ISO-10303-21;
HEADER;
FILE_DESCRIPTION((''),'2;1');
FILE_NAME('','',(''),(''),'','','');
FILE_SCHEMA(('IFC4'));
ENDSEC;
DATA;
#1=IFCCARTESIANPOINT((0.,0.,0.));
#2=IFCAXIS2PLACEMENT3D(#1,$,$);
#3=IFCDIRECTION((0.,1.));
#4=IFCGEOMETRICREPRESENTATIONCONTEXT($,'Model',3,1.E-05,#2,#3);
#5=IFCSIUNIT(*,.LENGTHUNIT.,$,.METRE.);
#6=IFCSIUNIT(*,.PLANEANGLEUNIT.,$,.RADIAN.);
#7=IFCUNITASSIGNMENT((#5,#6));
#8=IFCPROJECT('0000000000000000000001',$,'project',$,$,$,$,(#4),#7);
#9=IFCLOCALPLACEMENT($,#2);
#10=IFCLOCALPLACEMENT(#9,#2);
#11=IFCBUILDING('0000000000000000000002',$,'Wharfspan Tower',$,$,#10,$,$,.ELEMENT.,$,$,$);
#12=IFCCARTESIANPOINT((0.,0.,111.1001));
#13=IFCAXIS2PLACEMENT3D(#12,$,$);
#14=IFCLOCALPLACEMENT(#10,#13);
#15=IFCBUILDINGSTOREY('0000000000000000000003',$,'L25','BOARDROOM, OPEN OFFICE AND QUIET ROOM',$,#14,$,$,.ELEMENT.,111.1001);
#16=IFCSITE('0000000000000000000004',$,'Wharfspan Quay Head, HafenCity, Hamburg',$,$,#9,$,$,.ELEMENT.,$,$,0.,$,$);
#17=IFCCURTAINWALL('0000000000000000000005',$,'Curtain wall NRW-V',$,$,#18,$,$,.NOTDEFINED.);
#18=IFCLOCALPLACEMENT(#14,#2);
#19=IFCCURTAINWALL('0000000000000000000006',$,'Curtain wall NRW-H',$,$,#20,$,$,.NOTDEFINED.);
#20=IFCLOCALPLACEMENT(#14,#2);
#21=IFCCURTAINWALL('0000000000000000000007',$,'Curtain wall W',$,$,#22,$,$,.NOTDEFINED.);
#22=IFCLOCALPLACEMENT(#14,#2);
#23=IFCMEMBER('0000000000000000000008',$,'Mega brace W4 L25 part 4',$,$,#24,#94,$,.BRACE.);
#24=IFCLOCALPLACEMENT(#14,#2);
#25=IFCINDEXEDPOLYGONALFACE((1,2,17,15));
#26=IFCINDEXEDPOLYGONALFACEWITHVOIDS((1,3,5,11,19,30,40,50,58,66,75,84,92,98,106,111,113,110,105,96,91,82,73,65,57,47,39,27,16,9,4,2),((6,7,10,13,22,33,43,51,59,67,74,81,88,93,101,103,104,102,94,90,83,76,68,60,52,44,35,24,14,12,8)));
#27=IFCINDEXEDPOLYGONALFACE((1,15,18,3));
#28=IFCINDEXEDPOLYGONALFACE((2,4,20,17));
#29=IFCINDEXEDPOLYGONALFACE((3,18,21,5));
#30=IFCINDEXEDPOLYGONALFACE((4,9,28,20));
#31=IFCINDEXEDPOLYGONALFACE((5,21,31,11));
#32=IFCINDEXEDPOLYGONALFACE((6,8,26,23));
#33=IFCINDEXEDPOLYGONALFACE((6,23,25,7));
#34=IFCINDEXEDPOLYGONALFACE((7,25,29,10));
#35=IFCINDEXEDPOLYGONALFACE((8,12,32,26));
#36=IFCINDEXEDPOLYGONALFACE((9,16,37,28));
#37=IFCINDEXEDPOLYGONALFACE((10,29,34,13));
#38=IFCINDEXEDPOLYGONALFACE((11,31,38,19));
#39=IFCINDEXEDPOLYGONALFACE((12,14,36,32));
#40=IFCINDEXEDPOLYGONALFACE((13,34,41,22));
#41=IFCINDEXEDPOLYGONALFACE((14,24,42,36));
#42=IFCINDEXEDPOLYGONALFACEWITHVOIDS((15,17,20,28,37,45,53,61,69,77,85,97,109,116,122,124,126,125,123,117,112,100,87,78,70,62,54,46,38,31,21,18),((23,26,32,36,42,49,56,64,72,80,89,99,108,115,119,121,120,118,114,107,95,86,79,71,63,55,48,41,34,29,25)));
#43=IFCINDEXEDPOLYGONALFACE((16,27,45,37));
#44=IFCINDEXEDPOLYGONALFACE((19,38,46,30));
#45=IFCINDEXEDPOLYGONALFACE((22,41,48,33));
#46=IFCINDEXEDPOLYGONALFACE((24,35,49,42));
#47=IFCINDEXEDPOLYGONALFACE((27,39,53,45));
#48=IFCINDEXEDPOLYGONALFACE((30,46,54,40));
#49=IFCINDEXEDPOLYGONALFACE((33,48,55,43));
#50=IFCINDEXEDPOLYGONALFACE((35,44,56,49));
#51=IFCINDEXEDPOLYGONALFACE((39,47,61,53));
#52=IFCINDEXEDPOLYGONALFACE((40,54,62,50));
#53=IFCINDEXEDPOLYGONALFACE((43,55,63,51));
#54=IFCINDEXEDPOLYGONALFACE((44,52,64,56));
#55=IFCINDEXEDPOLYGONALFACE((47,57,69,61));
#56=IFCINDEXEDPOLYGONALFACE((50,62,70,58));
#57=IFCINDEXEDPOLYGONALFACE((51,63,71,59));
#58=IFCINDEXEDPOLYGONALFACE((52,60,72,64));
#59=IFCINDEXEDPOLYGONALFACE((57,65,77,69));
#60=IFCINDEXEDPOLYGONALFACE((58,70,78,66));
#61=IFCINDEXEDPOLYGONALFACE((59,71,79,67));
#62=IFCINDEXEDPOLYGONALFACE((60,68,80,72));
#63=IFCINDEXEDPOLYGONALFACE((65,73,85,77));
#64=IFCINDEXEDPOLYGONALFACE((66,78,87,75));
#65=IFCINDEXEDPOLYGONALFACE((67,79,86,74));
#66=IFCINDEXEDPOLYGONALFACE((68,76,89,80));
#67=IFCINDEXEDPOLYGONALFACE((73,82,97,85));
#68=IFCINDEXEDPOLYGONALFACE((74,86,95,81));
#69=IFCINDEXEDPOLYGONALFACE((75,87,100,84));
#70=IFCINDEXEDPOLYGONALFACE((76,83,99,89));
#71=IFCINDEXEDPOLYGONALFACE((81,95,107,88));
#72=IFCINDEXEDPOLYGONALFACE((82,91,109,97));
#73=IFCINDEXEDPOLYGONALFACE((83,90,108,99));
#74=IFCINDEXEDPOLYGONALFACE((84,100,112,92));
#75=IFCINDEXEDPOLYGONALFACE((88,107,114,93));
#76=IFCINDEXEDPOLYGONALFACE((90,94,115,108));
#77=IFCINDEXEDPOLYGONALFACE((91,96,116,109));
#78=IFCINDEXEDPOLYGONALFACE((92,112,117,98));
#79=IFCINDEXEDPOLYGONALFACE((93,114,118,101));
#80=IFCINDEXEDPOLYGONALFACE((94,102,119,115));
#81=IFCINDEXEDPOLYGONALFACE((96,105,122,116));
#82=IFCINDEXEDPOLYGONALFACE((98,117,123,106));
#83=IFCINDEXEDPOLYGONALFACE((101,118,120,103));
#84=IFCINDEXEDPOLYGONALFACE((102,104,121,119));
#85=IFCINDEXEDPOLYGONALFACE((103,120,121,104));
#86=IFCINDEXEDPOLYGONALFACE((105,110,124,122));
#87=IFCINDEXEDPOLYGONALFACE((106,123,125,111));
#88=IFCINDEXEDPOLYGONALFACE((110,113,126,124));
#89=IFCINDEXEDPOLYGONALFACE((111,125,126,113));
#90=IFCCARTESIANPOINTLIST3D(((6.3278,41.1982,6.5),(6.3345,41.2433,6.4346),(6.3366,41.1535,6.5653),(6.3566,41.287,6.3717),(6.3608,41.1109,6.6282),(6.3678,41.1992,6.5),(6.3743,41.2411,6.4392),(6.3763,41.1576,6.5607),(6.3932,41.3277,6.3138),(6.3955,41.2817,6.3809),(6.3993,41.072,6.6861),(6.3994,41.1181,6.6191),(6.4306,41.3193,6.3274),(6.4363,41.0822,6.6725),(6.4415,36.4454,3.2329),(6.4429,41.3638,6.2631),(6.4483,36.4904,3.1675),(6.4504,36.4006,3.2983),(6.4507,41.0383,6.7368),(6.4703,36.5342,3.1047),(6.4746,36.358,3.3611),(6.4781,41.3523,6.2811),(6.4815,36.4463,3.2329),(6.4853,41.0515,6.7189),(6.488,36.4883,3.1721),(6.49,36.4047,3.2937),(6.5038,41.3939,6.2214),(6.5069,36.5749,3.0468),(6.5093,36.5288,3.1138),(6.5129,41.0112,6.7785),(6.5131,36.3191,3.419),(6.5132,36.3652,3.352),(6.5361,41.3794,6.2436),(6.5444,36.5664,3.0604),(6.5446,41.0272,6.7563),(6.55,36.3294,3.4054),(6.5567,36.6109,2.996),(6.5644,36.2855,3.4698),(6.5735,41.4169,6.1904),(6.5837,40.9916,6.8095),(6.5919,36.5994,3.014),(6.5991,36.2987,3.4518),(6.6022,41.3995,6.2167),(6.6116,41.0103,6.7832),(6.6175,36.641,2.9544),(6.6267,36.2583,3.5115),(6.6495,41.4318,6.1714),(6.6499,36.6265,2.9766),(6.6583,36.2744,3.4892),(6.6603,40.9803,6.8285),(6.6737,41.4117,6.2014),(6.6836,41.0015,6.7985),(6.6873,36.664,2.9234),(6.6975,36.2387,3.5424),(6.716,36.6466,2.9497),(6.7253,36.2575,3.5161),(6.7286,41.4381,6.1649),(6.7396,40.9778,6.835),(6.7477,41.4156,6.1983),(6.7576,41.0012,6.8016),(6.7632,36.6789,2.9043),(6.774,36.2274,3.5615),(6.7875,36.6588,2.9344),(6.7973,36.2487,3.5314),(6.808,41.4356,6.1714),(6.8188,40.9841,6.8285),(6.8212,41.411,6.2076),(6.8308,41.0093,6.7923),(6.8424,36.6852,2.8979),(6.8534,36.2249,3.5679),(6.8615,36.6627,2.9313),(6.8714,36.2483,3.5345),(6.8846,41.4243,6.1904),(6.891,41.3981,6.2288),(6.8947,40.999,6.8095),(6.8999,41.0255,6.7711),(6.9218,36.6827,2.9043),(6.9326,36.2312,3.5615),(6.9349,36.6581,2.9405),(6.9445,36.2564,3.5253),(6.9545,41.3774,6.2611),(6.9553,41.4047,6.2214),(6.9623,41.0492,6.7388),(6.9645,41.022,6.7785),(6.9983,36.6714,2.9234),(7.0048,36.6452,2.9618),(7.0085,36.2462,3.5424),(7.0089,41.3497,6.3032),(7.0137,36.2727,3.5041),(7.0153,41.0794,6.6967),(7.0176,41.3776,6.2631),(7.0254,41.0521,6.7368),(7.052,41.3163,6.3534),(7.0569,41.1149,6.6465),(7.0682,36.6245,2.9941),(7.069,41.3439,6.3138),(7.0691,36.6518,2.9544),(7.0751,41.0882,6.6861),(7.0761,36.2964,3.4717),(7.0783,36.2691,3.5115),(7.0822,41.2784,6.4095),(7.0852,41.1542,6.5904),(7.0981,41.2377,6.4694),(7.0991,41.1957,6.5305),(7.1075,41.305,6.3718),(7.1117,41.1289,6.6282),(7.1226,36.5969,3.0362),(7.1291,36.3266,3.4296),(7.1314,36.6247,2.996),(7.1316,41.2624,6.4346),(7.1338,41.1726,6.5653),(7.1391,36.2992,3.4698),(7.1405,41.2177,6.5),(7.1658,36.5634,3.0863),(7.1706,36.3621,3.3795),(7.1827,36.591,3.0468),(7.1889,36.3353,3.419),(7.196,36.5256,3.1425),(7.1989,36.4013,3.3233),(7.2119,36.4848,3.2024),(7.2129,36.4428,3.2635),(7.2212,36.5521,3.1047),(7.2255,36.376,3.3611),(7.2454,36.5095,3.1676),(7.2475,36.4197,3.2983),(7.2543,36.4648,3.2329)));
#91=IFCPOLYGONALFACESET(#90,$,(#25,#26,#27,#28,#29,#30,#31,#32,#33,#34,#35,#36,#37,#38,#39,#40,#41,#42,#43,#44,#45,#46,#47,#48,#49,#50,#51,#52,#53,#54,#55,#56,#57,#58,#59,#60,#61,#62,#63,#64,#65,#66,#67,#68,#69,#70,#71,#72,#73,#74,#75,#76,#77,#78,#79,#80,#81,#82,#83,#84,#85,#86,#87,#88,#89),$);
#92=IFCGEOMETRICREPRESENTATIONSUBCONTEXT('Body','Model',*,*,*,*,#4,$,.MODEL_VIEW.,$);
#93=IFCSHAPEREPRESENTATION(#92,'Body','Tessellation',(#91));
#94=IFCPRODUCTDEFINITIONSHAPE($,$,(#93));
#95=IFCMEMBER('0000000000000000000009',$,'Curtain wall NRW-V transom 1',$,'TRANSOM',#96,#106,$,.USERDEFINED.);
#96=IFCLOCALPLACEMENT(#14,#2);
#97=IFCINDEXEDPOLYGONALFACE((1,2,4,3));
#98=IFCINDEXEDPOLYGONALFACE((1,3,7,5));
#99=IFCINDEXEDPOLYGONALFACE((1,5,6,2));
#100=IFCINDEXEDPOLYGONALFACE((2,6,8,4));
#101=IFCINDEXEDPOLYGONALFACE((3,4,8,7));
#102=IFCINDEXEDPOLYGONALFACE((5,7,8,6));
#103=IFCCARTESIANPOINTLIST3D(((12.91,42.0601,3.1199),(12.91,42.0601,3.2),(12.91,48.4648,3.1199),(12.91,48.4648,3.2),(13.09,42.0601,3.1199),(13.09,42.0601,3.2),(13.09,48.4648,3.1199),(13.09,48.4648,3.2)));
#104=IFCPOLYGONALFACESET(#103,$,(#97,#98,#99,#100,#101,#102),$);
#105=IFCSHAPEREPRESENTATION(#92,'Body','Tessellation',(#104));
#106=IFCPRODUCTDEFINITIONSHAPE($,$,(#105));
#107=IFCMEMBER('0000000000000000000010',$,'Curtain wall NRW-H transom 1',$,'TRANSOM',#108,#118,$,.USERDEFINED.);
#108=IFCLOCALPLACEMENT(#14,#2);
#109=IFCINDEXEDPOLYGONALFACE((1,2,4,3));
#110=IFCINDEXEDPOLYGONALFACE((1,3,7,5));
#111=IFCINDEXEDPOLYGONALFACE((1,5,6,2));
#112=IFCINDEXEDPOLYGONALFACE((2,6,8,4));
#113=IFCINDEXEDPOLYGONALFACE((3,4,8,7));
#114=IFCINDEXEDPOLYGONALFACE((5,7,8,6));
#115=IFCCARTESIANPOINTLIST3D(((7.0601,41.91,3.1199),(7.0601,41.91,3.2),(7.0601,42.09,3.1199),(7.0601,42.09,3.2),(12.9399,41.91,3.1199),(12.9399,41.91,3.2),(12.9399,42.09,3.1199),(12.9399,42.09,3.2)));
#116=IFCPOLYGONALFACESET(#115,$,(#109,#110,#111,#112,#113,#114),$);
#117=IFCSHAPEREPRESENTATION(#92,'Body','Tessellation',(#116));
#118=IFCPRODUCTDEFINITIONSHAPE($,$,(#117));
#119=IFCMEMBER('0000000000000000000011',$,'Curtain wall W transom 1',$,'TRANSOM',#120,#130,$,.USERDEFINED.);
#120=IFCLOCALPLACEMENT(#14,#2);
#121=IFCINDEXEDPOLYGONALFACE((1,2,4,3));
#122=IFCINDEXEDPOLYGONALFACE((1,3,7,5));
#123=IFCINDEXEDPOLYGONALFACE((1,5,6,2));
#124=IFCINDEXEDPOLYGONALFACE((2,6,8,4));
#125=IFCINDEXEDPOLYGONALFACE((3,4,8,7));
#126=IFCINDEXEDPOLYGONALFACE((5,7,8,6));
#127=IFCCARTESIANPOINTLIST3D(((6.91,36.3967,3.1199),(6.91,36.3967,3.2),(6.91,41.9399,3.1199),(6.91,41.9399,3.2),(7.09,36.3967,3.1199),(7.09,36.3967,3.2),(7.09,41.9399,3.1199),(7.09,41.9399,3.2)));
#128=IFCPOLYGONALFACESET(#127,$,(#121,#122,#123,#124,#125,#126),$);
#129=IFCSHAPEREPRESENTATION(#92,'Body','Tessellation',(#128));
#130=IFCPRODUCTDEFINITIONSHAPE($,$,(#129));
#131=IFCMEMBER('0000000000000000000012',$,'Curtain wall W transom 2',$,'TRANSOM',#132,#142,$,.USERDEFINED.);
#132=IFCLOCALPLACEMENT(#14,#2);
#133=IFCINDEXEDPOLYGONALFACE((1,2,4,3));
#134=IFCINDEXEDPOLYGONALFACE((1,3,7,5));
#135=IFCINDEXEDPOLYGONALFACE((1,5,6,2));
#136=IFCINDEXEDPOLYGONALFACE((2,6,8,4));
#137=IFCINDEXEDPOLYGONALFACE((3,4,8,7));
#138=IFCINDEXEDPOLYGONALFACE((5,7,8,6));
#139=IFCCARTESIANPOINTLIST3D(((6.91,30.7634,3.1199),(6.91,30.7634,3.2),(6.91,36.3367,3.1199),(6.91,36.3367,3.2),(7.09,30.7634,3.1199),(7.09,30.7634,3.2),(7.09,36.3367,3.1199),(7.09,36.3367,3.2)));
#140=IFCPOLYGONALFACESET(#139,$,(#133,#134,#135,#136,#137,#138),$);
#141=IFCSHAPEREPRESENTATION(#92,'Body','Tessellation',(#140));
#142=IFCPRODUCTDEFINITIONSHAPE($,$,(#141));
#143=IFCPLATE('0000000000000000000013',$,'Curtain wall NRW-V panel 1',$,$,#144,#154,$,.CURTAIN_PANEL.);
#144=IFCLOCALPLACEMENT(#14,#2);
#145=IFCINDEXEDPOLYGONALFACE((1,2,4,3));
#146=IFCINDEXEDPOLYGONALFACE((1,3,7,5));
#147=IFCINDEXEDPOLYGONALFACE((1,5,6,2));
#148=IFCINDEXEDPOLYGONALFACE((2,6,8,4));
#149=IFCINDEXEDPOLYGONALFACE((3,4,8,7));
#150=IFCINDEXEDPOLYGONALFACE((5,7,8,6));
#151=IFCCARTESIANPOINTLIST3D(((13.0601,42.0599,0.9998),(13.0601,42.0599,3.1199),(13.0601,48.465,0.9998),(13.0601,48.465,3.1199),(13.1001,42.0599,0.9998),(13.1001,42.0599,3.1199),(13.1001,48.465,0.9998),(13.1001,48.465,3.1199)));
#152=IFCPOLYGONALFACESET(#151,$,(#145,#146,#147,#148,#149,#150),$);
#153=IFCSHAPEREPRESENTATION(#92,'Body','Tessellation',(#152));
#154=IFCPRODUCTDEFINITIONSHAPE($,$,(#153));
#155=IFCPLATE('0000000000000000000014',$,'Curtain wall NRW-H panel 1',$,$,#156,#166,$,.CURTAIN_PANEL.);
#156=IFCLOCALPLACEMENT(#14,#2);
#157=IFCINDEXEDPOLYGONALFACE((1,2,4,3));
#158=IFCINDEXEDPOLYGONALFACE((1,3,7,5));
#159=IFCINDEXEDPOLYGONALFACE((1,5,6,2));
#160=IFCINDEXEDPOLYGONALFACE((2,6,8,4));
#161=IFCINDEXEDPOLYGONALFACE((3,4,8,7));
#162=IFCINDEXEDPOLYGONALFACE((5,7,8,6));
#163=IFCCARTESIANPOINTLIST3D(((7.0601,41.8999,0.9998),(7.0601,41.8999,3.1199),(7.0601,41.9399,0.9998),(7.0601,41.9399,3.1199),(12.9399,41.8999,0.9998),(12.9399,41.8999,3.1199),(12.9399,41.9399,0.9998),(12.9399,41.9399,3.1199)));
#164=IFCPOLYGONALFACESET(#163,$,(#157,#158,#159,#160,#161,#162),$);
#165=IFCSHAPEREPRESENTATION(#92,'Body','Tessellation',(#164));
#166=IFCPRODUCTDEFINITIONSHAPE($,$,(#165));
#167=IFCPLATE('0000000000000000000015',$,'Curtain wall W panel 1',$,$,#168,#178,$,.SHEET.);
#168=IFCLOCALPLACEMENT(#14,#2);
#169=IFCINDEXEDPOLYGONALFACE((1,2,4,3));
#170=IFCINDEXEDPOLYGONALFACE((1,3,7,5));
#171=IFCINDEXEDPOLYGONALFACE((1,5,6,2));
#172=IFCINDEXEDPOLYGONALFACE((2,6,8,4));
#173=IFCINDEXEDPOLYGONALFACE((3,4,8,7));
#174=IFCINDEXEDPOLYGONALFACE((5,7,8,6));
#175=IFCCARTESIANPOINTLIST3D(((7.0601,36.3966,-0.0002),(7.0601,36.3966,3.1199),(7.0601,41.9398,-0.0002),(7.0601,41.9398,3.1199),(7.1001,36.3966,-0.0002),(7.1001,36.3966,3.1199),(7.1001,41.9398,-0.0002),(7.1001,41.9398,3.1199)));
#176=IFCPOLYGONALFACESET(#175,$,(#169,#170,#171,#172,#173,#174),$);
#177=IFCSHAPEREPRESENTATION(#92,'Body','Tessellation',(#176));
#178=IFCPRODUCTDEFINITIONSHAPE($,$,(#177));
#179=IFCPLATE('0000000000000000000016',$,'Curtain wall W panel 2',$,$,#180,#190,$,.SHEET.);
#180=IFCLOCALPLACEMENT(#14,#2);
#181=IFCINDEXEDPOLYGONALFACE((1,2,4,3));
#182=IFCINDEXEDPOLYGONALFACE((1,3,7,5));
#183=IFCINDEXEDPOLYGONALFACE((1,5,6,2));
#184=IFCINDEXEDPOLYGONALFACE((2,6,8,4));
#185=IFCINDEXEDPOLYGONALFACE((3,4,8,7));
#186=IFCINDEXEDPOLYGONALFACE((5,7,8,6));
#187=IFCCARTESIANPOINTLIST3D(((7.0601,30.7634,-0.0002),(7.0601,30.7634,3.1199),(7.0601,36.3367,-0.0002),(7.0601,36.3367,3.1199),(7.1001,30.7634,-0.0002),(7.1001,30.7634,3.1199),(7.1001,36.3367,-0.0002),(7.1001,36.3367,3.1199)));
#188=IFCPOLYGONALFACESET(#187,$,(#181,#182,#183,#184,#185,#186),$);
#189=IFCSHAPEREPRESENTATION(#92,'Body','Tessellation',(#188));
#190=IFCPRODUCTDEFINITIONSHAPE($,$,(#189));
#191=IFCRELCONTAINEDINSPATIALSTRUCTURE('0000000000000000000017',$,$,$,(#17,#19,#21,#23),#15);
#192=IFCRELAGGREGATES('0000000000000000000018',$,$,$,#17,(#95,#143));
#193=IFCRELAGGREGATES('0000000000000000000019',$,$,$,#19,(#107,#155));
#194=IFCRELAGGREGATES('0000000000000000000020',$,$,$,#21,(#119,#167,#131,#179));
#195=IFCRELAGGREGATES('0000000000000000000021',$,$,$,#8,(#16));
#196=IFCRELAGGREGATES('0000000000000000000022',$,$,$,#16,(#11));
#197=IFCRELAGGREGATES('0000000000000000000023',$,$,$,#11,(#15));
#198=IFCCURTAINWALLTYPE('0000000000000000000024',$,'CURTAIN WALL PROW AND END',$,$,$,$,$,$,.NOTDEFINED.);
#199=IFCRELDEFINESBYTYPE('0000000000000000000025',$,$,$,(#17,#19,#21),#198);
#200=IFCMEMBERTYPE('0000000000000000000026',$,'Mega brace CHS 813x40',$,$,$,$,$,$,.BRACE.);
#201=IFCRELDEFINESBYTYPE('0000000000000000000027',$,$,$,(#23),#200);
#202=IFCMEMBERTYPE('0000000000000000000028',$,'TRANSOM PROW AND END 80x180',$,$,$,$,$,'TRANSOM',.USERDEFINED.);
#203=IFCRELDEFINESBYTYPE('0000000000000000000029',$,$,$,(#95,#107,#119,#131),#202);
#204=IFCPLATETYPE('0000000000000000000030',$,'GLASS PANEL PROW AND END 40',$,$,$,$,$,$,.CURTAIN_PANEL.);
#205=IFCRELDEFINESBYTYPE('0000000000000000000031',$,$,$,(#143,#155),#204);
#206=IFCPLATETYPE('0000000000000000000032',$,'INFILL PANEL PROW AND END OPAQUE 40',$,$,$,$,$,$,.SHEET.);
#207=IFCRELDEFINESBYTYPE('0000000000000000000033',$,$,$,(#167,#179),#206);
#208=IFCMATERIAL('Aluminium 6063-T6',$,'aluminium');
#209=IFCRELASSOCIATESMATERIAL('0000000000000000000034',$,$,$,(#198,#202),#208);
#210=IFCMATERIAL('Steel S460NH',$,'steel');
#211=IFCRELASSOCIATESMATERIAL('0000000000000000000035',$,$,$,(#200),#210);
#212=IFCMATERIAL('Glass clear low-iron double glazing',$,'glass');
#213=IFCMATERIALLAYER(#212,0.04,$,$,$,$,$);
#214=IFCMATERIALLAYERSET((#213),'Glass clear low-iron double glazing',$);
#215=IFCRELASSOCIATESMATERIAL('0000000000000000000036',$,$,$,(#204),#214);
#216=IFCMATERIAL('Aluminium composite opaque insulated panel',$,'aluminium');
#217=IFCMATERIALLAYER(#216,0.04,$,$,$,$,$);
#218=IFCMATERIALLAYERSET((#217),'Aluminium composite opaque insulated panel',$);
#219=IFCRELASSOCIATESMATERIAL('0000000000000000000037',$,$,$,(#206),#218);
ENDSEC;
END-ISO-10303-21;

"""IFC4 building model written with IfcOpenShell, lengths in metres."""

from ifc_helpers import new_model, si_unit, direction, frame, origin, origin_2d, place, context, subcontext, project, spatial, rectangle, hollow_circle, extrude, material, layer, layer_set, material_profile, profile_set, type_object, element, aggregate, save


model = new_model("IFC4")

# Units and contexts
model_context = context("Model", 3, precision=1e-05, world=origin(), true_north=direction((0.0, 1.0)))
body_context = subcontext(model_context, "Body", "Model", "MODEL_VIEW")
ifc_project = project(units=[si_unit("LENGTHUNIT", "METRE"), si_unit("PLANEANGLEUNIT", "RADIAN")], contexts=[model_context])

# Site, building, storey
site_placement = place(None, origin())
site = spatial("IfcSite", under=ifc_project, at=site_placement, Name="Wharfspan Quay Head, HafenCity, Hamburg", CompositionType="ELEMENT", RefElevation=0.0)
building_placement = place(site_placement, origin())
building = spatial("IfcBuilding", under=site, at=building_placement, Name="Wharfspan Tower", CompositionType="ELEMENT")
storey_placement = place(building_placement, frame((0.0, 0.0, 111.1001)))
storey = spatial("IfcBuildingStorey", under=building, at=storey_placement, Name="L25", Description="BOARDROOM, OPEN OFFICE AND QUIET ROOM", CompositionType="ELEMENT", Elevation=111.1001)

# Curtain walls
ifc_material_1 = material(Name="Aluminium 6063-T6", Category="aluminium")
curtain_wall_type = type_object("IfcCurtainWallType", Name="CURTAIN WALL PROW AND END", PredefinedType="NOTDEFINED", material=ifc_material_1)
curtain_wall_1_placement = place(storey_placement, origin())
curtain_wall_1 = element("IfcCurtainWall", 1, at=curtain_wall_1_placement, inside=storey, type_object=curtain_wall_type, Name="Curtain wall NRW-V", PredefinedType="NOTDEFINED")
curtain_wall_2_placement = place(storey_placement, origin())
curtain_wall_2 = element("IfcCurtainWall", 2, at=curtain_wall_2_placement, inside=storey, type_object=curtain_wall_type, Name="Curtain wall NRW-H", PredefinedType="NOTDEFINED")
curtain_wall_3_placement = place(storey_placement, origin())
curtain_wall_3 = element("IfcCurtainWall", 3, at=curtain_wall_3_placement, inside=storey, type_object=curtain_wall_type, Name="Curtain wall W", PredefinedType="NOTDEFINED")

# Member
ifc_material_2 = material(Name="Steel S460NH", Category="steel")
ifc_material_profile_1 = material_profile(ifc_material_2, hollow_circle(Radius=0.4065, WallThickness=0.04, at=origin_2d()))
ifc_profile_set_1 = profile_set([ifc_material_profile_1], Name="Steel S460NH")
member_type_1 = type_object("IfcMemberType", Name="Mega brace CHS 813x40", PredefinedType="BRACE", material=ifc_profile_set_1)
for number, where, z_axis, x_axis, name in (
    (4, (6.8479, 36.4551, 3.2329), (-0.019722, 0.823926, 0.566354), (-0.999713, -0.023927, -0.000004), "Mega brace W4 L25 part 4"),
):
    element("IfcMember", number, at=place(storey_placement, frame(where, z_axis=z_axis, x_axis=x_axis)), inside=storey, type_object=member_type_1, Name=name, PredefinedType="BRACE", context=body_context, shape_type="SweptSolid", body=[
        extrude(hollow_circle(Radius=0.4065, WallThickness=0.04, at=origin_2d()), origin(), (0.0, 0.0, 1.0), 5.7686),
    ])

# Members
ifc_material_profile_2 = material_profile(ifc_material_1, rectangle(XDim=0.1799, YDim=0.0801, at=origin_2d()))
ifc_profile_set_2 = profile_set([ifc_material_profile_2], Name="Aluminium 6063-T6")
member_type_2 = type_object("IfcMemberType", Name="TRANSOM PROW AND END 80x180", ElementType="TRANSOM", PredefinedType="USERDEFINED", material=ifc_profile_set_2)
member_1_placement = place(storey_placement, frame((13.0, 48.4648, 3.1599), z_axis=(0.0, -1.0, 0.0), x_axis=(1.0, 0.0, 0.0)))
member_1 = element("IfcMember", 5, at=member_1_placement, type_object=member_type_2, Name="Curtain wall NRW-V transom 1", ObjectType="TRANSOM", PredefinedType="USERDEFINED", context=body_context, shape_type="SweptSolid", body=[
    extrude(rectangle(XDim=0.1799, YDim=0.0801, at=origin_2d()), origin(), (0.0, 0.0, 1.0), 6.4048),
])
member_2_placement = place(storey_placement, frame((12.9399, 42.0, 3.1599), z_axis=(-1.0, 0.0, 0.0), x_axis=(0.0, -1.0, 0.0)))
member_2 = element("IfcMember", 6, at=member_2_placement, type_object=member_type_2, Name="Curtain wall NRW-H transom 1", ObjectType="TRANSOM", PredefinedType="USERDEFINED", context=body_context, shape_type="SweptSolid", body=[
    extrude(rectangle(XDim=0.1799, YDim=0.0801, at=origin_2d()), origin(), (0.0, 0.0, 1.0), 5.8799),
])
member_3_placement = place(storey_placement, frame((7.0, 41.9399, 3.1599), z_axis=(0.0, -1.0, 0.0), x_axis=(1.0, 0.0, 0.0)))
member_3 = element("IfcMember", 7, at=member_3_placement, type_object=member_type_2, Name="Curtain wall W transom 1", ObjectType="TRANSOM", PredefinedType="USERDEFINED", context=body_context, shape_type="SweptSolid", body=[
    extrude(rectangle(XDim=0.1799, YDim=0.0801, at=origin_2d()), origin(), (0.0, 0.0, 1.0), 5.5432),
])
member_4_placement = place(storey_placement, frame((7.0, 36.3367, 3.1599), z_axis=(0.0, -1.0, 0.0), x_axis=(1.0, 0.0, 0.0)))
member_4 = element("IfcMember", 8, at=member_4_placement, type_object=member_type_2, Name="Curtain wall W transom 2", ObjectType="TRANSOM", PredefinedType="USERDEFINED", context=body_context, shape_type="SweptSolid", body=[
    extrude(rectangle(XDim=0.1799, YDim=0.0801, at=origin_2d()), origin(), (0.0, 0.0, 1.0), 5.5732),
])

# Plates
ifc_material_3 = material(Name="Glass clear low-iron double glazing", Category="glass")
ifc_layer_1 = layer(ifc_material_3, 0.04)
ifc_layer_set_1 = layer_set([ifc_layer_1], Name="Glass clear low-iron double glazing")
plate_type_1 = type_object("IfcPlateType", Name="GLASS PANEL PROW AND END 40", PredefinedType="CURTAIN_PANEL", material=ifc_layer_set_1)
plate_1_placement = place(storey_placement, frame((13.0801, 45.2625, 0.9998), z_axis=(0.0, 0.0, 1.0), x_axis=(0.0, -1.0, 0.0)))
plate_1 = element("IfcPlate", 9, at=plate_1_placement, type_object=plate_type_1, Name="Curtain wall NRW-V panel 1", PredefinedType="CURTAIN_PANEL", context=body_context, shape_type="SweptSolid", body=[
    extrude(rectangle(XDim=6.405, YDim=0.04, at=origin_2d()), origin(), (0.0, 0.0, 1.0), 2.1201),
])
aggregate(curtain_wall_1, [member_1, plate_1])
plate_2_placement = place(storey_placement, frame((10.0, 41.9199, 0.9998), z_axis=(0.0, 0.0, 1.0), x_axis=(-1.0, 0.0, 0.0)))
plate_2 = element("IfcPlate", 10, at=plate_2_placement, type_object=plate_type_1, Name="Curtain wall NRW-H panel 1", PredefinedType="CURTAIN_PANEL", context=body_context, shape_type="SweptSolid", body=[
    extrude(rectangle(XDim=5.8799, YDim=0.04, at=origin_2d()), origin(), (0.0, 0.0, 1.0), 2.1201),
])
aggregate(curtain_wall_2, [member_2, plate_2])
ifc_material_4 = material(Name="Aluminium composite opaque insulated panel", Category="aluminium")
ifc_layer_2 = layer(ifc_material_4, 0.04)
ifc_layer_set_2 = layer_set([ifc_layer_2], Name="Aluminium composite opaque insulated panel")
plate_type_2 = type_object("IfcPlateType", Name="INFILL PANEL PROW AND END OPAQUE 40", PredefinedType="SHEET", material=ifc_layer_set_2)
plate_3_placement = place(storey_placement, frame((7.0801, 39.1682, -0.0002), z_axis=(0.0, 0.0, 1.0), x_axis=(0.0, -1.0, 0.0)))
plate_3 = element("IfcPlate", 11, at=plate_3_placement, type_object=plate_type_2, Name="Curtain wall W panel 1", PredefinedType="SHEET", context=body_context, shape_type="SweptSolid", body=[
    extrude(rectangle(XDim=5.5432, YDim=0.04, at=origin_2d()), origin(), (0.0, 0.0, 1.0), 3.1201),
])
plate_4_placement = place(storey_placement, frame((7.0801, 33.55, -0.0002), z_axis=(0.0, 0.0, 1.0), x_axis=(0.0, -1.0, 0.0)))
plate_4 = element("IfcPlate", 12, at=plate_4_placement, type_object=plate_type_2, Name="Curtain wall W panel 2", PredefinedType="SHEET", context=body_context, shape_type="SweptSolid", body=[
    extrude(rectangle(XDim=5.5732, YDim=0.04, at=origin_2d()), origin(), (0.0, 0.0, 1.0), 3.1201),
])
aggregate(curtain_wall_3, [member_3, plate_3, member_4, plate_4])

save(model, "model.ifc")
